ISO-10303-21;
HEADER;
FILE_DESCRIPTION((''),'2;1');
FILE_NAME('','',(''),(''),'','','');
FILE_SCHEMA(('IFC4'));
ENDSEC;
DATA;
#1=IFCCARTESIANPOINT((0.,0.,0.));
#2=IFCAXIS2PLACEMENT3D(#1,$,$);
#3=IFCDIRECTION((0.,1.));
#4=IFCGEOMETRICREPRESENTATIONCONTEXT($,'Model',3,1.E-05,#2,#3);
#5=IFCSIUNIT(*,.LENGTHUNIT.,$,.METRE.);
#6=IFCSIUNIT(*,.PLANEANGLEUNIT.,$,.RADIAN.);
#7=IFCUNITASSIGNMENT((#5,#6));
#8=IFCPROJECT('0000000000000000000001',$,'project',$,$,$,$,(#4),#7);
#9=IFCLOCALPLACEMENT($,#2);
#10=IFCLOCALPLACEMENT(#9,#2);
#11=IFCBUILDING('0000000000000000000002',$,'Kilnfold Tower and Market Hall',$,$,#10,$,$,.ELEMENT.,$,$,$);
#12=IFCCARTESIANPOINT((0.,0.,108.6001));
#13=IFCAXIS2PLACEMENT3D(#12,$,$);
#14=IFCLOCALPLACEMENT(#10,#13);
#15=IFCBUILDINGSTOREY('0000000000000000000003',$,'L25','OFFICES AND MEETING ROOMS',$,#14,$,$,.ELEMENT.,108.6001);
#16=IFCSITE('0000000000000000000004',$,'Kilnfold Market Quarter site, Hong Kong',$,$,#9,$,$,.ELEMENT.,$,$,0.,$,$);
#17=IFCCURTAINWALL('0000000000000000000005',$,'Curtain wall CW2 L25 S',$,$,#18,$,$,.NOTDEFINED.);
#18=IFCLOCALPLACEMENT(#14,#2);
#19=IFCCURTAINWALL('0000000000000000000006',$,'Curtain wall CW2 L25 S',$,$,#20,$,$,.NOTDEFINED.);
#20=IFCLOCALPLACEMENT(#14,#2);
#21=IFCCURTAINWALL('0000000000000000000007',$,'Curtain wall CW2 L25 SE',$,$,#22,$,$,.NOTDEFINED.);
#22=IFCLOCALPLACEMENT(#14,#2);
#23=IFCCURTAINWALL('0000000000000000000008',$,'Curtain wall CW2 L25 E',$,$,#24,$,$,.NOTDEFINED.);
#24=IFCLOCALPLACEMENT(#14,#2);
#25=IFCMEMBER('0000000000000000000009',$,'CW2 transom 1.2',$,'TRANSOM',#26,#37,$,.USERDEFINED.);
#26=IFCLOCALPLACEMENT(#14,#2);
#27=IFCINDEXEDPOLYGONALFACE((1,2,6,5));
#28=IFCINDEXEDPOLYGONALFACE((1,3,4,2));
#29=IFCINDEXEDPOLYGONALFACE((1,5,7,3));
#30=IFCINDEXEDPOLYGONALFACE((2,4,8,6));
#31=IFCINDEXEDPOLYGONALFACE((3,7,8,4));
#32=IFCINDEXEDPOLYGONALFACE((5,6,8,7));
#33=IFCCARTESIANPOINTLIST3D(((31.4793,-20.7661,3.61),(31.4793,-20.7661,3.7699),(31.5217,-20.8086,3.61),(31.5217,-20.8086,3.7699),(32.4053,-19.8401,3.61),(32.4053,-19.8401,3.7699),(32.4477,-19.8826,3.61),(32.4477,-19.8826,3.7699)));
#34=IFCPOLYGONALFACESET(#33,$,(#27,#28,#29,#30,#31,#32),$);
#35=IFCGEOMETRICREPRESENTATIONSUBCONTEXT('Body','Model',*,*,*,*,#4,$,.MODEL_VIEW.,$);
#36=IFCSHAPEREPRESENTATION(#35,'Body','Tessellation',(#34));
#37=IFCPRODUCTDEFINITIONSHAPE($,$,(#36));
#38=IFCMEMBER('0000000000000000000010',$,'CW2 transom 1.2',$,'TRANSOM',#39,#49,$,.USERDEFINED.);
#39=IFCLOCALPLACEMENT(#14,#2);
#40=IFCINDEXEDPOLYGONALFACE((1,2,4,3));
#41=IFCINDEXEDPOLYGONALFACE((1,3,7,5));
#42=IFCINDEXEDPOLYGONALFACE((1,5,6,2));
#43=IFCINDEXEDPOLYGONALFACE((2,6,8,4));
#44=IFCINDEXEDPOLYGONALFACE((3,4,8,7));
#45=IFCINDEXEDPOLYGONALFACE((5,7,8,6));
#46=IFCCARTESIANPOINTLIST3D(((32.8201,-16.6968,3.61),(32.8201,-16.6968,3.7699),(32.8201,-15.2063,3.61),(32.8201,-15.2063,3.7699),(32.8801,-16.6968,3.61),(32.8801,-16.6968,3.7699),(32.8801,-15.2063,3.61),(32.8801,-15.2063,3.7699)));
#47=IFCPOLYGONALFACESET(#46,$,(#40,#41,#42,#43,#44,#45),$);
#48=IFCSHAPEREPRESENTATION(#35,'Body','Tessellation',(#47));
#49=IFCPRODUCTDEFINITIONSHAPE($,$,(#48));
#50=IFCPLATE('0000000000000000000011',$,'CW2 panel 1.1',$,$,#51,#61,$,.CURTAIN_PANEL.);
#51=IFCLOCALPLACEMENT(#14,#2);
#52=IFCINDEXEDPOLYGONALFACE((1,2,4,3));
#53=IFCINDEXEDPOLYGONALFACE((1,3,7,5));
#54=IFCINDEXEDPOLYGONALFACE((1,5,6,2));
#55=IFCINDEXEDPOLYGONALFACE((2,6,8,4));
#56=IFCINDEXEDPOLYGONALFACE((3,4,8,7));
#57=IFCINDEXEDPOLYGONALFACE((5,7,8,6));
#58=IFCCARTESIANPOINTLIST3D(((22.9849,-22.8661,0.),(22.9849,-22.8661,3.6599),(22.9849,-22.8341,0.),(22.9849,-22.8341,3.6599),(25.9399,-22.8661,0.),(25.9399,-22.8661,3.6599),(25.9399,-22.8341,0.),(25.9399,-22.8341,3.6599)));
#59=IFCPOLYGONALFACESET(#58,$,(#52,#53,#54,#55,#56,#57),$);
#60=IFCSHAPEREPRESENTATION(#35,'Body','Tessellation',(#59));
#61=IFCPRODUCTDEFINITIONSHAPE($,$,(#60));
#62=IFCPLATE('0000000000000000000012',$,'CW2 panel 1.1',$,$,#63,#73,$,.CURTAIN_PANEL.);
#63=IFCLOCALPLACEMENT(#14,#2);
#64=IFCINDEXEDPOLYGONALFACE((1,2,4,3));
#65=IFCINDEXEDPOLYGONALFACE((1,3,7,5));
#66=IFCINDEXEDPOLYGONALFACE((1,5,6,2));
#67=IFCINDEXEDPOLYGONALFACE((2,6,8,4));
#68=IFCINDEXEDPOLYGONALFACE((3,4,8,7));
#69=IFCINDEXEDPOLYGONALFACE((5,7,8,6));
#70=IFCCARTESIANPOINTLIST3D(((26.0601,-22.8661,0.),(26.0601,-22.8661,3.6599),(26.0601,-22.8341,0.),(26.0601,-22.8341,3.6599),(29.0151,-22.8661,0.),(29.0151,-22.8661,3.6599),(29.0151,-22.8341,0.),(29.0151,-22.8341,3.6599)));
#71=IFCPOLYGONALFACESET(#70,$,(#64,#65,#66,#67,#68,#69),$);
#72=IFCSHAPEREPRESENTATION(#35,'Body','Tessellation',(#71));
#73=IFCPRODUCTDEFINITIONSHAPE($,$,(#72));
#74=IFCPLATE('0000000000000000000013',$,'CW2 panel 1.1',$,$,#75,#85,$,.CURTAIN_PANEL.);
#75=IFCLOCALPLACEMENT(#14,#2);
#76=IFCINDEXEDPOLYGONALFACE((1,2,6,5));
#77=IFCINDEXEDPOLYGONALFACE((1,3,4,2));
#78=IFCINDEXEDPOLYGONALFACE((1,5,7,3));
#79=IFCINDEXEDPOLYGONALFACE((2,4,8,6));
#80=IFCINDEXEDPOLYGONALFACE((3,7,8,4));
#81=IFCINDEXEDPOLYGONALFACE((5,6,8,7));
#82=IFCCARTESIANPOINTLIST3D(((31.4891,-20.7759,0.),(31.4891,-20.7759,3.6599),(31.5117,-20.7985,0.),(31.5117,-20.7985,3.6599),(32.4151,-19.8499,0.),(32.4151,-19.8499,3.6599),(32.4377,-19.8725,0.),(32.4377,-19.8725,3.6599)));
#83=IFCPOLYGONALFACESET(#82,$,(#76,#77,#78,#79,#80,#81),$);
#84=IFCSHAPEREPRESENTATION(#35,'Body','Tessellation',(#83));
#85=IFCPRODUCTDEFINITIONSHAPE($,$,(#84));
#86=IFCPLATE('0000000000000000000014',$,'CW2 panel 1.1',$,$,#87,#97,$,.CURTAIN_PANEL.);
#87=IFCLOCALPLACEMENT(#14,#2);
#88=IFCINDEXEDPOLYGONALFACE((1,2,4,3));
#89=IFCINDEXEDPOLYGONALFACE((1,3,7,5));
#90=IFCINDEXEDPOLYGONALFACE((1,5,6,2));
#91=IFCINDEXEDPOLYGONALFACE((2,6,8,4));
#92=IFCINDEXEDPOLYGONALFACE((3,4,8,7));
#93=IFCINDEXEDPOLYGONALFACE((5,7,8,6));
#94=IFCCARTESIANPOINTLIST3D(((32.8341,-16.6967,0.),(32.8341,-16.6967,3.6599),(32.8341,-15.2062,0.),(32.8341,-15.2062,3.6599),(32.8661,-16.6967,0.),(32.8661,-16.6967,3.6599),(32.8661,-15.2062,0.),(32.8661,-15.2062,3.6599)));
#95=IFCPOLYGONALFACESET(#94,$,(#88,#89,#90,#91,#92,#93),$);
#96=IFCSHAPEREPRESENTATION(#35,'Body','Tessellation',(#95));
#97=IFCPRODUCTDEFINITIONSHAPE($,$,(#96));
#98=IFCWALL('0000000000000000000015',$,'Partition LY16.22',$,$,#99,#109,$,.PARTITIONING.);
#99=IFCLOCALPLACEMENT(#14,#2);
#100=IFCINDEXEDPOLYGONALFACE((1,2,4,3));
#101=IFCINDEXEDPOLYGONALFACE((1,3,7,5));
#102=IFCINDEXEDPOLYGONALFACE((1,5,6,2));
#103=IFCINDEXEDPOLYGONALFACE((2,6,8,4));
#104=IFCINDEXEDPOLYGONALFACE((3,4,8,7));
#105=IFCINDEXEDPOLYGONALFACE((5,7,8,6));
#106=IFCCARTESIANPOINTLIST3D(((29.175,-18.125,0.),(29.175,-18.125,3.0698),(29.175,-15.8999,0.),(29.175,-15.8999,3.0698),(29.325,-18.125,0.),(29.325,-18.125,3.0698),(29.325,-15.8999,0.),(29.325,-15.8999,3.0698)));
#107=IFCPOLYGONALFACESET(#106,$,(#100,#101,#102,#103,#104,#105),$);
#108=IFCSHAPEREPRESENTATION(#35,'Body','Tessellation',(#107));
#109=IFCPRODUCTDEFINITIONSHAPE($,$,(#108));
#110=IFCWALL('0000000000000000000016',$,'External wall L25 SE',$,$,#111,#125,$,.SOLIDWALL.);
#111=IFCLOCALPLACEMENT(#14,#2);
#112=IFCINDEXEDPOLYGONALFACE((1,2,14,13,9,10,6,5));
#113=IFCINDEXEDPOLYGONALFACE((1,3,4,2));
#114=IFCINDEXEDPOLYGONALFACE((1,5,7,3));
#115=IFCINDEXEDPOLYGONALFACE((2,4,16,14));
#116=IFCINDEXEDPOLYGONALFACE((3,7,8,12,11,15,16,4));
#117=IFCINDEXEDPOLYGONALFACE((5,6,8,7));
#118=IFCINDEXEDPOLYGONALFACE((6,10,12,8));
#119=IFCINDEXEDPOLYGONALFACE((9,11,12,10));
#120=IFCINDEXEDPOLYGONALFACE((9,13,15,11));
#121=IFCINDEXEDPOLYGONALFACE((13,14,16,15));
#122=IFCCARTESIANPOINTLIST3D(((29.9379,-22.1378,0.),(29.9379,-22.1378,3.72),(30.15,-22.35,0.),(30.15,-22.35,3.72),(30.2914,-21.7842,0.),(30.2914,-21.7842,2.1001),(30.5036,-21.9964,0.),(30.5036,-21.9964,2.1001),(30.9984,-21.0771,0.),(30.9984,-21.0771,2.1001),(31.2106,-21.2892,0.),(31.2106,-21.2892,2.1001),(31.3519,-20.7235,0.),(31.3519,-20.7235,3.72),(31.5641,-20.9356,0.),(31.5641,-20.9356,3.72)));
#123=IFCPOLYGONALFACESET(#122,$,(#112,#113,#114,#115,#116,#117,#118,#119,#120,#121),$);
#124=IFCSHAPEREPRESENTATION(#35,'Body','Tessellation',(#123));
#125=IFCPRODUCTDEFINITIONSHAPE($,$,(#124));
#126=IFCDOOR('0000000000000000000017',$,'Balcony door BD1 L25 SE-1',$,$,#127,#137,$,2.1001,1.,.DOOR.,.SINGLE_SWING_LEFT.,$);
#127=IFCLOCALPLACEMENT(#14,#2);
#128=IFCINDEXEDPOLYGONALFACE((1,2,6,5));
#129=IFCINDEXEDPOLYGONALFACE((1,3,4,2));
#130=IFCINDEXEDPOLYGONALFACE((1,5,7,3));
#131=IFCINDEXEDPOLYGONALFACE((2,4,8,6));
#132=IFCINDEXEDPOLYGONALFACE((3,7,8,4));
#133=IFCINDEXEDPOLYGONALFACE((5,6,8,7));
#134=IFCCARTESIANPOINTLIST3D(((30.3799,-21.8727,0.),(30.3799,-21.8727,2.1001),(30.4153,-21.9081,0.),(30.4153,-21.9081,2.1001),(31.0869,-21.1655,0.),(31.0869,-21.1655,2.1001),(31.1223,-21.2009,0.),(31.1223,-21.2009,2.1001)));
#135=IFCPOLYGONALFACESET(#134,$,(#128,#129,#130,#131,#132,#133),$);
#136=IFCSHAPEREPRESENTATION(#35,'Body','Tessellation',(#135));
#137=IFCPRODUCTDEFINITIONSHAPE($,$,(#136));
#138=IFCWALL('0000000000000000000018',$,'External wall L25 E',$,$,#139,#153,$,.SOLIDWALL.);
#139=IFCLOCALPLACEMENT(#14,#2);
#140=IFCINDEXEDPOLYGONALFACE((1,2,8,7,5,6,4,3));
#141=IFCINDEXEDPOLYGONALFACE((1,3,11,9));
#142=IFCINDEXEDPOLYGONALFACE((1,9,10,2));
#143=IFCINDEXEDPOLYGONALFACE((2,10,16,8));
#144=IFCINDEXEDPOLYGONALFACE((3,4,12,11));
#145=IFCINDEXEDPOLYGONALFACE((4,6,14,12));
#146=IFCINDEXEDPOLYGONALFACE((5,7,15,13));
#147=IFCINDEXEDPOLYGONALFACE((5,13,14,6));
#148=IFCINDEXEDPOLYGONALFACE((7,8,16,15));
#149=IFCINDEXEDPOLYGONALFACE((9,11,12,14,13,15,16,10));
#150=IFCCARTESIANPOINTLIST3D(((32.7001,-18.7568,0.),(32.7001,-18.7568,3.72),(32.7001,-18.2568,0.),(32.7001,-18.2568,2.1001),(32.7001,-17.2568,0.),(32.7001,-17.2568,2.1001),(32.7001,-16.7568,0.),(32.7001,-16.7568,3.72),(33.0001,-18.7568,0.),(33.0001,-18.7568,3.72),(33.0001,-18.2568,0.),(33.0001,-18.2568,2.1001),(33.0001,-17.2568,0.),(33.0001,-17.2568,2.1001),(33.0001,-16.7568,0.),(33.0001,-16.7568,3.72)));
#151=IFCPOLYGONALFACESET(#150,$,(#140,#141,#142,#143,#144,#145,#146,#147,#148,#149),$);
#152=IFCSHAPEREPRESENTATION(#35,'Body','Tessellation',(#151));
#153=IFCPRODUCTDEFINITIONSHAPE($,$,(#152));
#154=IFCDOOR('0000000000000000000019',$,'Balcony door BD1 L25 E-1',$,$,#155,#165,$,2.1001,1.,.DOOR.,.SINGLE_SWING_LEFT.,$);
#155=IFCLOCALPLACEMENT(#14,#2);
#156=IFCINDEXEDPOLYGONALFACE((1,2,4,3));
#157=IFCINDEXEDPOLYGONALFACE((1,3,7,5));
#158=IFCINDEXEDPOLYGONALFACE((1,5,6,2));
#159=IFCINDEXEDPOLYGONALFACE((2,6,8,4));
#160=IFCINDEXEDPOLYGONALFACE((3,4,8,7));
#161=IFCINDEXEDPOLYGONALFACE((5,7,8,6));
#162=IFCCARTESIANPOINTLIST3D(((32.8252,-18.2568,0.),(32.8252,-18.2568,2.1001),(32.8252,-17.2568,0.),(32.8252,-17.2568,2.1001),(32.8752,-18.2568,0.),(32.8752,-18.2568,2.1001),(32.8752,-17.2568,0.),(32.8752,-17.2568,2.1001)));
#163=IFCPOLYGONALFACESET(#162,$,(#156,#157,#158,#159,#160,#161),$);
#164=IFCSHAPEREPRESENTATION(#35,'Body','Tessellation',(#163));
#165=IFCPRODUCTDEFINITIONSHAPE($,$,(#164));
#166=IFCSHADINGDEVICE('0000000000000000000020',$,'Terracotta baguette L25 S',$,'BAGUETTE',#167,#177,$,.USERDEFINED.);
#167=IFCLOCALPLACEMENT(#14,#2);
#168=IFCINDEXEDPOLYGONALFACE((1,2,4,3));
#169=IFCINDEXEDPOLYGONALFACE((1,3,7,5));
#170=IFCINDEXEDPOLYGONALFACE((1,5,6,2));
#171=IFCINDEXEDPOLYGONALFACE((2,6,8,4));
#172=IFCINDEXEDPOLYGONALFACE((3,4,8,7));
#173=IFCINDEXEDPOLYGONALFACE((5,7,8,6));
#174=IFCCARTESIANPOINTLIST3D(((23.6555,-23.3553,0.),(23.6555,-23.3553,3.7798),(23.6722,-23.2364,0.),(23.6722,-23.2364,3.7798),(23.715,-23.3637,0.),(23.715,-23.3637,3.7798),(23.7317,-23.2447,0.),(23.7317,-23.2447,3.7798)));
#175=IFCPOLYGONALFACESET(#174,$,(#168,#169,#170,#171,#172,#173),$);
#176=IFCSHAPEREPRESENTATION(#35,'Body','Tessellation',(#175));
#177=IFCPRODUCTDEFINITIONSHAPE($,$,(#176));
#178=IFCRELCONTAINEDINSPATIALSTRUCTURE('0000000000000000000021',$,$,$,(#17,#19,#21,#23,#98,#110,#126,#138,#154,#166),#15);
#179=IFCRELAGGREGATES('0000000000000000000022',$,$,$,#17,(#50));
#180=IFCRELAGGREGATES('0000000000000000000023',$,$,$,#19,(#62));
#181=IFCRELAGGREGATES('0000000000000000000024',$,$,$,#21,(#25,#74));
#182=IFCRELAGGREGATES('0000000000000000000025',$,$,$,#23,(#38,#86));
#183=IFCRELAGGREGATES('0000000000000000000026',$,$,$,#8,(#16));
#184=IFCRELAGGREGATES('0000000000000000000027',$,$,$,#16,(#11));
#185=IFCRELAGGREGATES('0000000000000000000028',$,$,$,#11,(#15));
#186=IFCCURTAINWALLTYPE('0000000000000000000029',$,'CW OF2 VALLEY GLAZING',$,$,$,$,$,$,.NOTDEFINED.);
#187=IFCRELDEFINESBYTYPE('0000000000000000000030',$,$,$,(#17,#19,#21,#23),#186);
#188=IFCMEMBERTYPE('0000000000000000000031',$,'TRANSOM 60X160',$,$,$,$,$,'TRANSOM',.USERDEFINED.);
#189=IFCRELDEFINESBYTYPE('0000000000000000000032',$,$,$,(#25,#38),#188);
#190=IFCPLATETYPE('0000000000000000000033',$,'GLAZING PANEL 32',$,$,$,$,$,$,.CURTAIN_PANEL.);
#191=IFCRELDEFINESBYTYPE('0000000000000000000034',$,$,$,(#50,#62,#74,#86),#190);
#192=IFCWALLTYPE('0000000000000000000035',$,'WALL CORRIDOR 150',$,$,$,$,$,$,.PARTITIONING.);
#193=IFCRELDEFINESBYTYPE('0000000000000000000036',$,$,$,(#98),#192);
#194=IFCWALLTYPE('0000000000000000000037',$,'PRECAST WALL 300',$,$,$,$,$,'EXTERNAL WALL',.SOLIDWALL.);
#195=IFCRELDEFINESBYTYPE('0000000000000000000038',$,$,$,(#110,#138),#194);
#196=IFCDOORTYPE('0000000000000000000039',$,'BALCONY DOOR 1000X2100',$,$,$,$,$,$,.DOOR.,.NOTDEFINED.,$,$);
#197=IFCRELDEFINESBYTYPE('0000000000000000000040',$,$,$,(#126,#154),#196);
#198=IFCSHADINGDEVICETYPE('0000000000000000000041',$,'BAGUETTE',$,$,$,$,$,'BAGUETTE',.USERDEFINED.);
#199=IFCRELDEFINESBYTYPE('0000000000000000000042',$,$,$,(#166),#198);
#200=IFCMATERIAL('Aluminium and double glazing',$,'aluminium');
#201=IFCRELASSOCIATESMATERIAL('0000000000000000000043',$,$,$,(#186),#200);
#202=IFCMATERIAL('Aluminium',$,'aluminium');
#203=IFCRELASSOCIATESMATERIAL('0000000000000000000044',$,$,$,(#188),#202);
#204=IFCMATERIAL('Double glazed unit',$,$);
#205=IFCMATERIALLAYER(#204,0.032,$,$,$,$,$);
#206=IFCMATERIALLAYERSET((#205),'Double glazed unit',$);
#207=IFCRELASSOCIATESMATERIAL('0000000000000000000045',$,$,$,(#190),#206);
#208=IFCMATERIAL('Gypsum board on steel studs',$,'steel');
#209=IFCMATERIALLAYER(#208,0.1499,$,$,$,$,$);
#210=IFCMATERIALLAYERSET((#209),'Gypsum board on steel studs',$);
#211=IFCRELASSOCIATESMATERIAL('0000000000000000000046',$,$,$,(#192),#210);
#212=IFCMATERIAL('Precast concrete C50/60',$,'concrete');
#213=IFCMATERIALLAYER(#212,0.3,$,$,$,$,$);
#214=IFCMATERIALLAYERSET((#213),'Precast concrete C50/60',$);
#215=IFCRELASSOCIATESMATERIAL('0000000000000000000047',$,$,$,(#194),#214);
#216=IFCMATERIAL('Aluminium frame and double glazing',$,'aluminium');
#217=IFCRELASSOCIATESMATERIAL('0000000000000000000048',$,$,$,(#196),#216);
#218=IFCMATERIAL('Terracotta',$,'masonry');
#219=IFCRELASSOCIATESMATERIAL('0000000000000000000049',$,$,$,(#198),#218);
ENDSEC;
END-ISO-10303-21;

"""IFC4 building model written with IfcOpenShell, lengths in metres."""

from ifc_helpers import new_model, si_unit, direction, frame, frame_2d, origin, origin_2d, place, context, subcontext, project, spatial, rectangle, extrude, source, transform, mapped, material, layer, layer_set, material_profile, profile_set, type_object, element, fill, aggregate, save


model = new_model("IFC4")

# Units and contexts
model_context = context("Model", 3, precision=1e-05, world=origin(), true_north=direction((0.0, 1.0)))
body_context = subcontext(model_context, "Body", "Model", "MODEL_VIEW")
ifc_project = project(units=[si_unit("LENGTHUNIT", "METRE"), si_unit("PLANEANGLEUNIT", "RADIAN")], contexts=[model_context])

# Site, building, storey
site_placement = place(None, origin())
site = spatial("IfcSite", under=ifc_project, at=site_placement, Name="Kilnfold Market Quarter site, Hong Kong", CompositionType="ELEMENT", RefElevation=0.0)
building_placement = place(site_placement, origin())
building = spatial("IfcBuilding", under=site, at=building_placement, Name="Kilnfold Tower and Market Hall", CompositionType="ELEMENT")
storey_placement = place(building_placement, frame((0.0, 0.0, 108.6001)))
storey = spatial("IfcBuildingStorey", under=building, at=storey_placement, Name="L25", Description="OFFICES AND MEETING ROOMS", CompositionType="ELEMENT", Elevation=108.6001)

# Curtain walls
ifc_material_1 = material(Name="Aluminium and double glazing", Category="aluminium")
curtain_wall_type = type_object("IfcCurtainWallType", Name="CW OF2 VALLEY GLAZING", PredefinedType="NOTDEFINED", material=ifc_material_1)
curtain_wall_1_placement = place(storey_placement, origin())
curtain_wall_1 = element("IfcCurtainWall", 1, at=curtain_wall_1_placement, inside=storey, type_object=curtain_wall_type, Name="Curtain wall CW2 L25 S", PredefinedType="NOTDEFINED")
curtain_wall_2_placement = place(storey_placement, origin())
curtain_wall_2 = element("IfcCurtainWall", 2, at=curtain_wall_2_placement, inside=storey, type_object=curtain_wall_type, Name="Curtain wall CW2 L25 S", PredefinedType="NOTDEFINED")
curtain_wall_3_placement = place(storey_placement, origin())
curtain_wall_3 = element("IfcCurtainWall", 3, at=curtain_wall_3_placement, inside=storey, type_object=curtain_wall_type, Name="Curtain wall CW2 L25 SE", PredefinedType="NOTDEFINED")
curtain_wall_4_placement = place(storey_placement, origin())
curtain_wall_4 = element("IfcCurtainWall", 4, at=curtain_wall_4_placement, inside=storey, type_object=curtain_wall_type, Name="Curtain wall CW2 L25 E", PredefinedType="NOTDEFINED")

# Members
ifc_material_2 = material(Name="Aluminium", Category="aluminium")
ifc_material_profile_1 = material_profile(ifc_material_2, rectangle(XDim=0.0601, YDim=0.1599, at=origin_2d()), Name="TRANSOM 60x160")
ifc_profile_set_1 = profile_set([ifc_material_profile_1], Name="Aluminium")
member_type_1 = type_object("IfcMemberType", Name="TRANSOM 60X160", ElementType="TRANSOM", PredefinedType="USERDEFINED", material=ifc_profile_set_1)
shared_shape_1 = source(origin(), body_context, "Body", "SweptSolid", [
    extrude(rectangle(XDim=0.0601, YDim=0.1599, at=origin_2d()), origin(), (0.0, 0.0, 1.0), 1.3096),
])
member_1_placement = place(storey_placement, frame((31.5005, -20.7874, 3.6899), z_axis=(0.707107, 0.707107, 0.0), x_axis=(-0.707107, 0.707107, 0.0)))
member_1 = element("IfcMember", 5, at=member_1_placement, type_object=member_type_1, Name="CW2 transom 1.2", ObjectType="TRANSOM", PredefinedType="USERDEFINED", context=body_context, shape_type="MappedRepresentation", body=[
    mapped(shared_shape_1, transform((0.0, 0.0, 0.0))),
])
shared_shape_2 = source(origin(), body_context, "Body", "SweptSolid", [
    extrude(rectangle(XDim=0.0601, YDim=0.1599, at=origin_2d()), origin(), (0.0, 0.0, 1.0), 1.4905),
])
member_2_placement = place(storey_placement, frame((32.8501, -16.6968, 3.6899), z_axis=(0.0, 1.0, 0.0), x_axis=(-1.0, 0.0, 0.0)))
member_2 = element("IfcMember", 6, at=member_2_placement, type_object=member_type_1, Name="CW2 transom 1.2", ObjectType="TRANSOM", PredefinedType="USERDEFINED", context=body_context, shape_type="MappedRepresentation", body=[
    mapped(shared_shape_2, transform((0.0, 0.0, 0.0))),
])

# Plates
ifc_material_3 = material(Name="Double glazed unit")
ifc_layer_1 = layer(ifc_material_3, 0.032)
ifc_layer_set_1 = layer_set([ifc_layer_1], Name="Double glazed unit")
plate_type = type_object("IfcPlateType", Name="GLAZING PANEL 32", PredefinedType="CURTAIN_PANEL", material=ifc_layer_set_1)
shared_shape_3 = source(origin(), body_context, "Body", "SweptSolid", [
    extrude(rectangle(XDim=2.9551, YDim=0.032, at=origin_2d()), origin(), (0.0, 0.0, 1.0), 3.6599),
])
plate_1_placement = place(storey_placement, frame((24.4624, -22.8501, 0.0), z_axis=(0.0, 0.0, 1.0), x_axis=(1.0, 0.0, 0.0)))
plate_1 = element("IfcPlate", 7, at=plate_1_placement, type_object=plate_type, Name="CW2 panel 1.1", PredefinedType="CURTAIN_PANEL", context=body_context, shape_type="MappedRepresentation", body=[
    mapped(shared_shape_3, transform((0.0, 0.0, 0.0))),
])
aggregate(curtain_wall_1, [plate_1])
plate_2_placement = place(storey_placement, frame((27.5376, -22.8501, 0.0), z_axis=(0.0, 0.0, 1.0), x_axis=(1.0, 0.0, 0.0)))
plate_2 = element("IfcPlate", 8, at=plate_2_placement, type_object=plate_type, Name="CW2 panel 1.1", PredefinedType="CURTAIN_PANEL", context=body_context, shape_type="MappedRepresentation", body=[
    mapped(shared_shape_3, transform((0.0, 0.0, 0.0))),
])
aggregate(curtain_wall_2, [plate_2])
shared_shape_4 = source(origin(), body_context, "Body", "SweptSolid", [
    extrude(rectangle(XDim=1.3096, YDim=0.032, at=origin_2d()), origin(), (0.0, 0.0, 1.0), 3.6599),
])
plate_3_placement = place(storey_placement, frame((31.9634, -20.3242, 0.0), z_axis=(0.0, 0.0, 1.0), x_axis=(0.707107, 0.707107, 0.0)))
plate_3 = element("IfcPlate", 9, at=plate_3_placement, type_object=plate_type, Name="CW2 panel 1.1", PredefinedType="CURTAIN_PANEL", context=body_context, shape_type="MappedRepresentation", body=[
    mapped(shared_shape_4, transform((0.0, 0.0, 0.0))),
])
aggregate(curtain_wall_3, [member_1, plate_3])
shared_shape_5 = source(origin(), body_context, "Body", "SweptSolid", [
    extrude(rectangle(XDim=1.4905, YDim=0.032, at=origin_2d()), origin(), (0.0, 0.0, 1.0), 3.6599),
])
plate_4_placement = place(storey_placement, frame((32.8501, -15.9514, 0.0), z_axis=(0.0, 0.0, 1.0), x_axis=(0.0, 1.0, 0.0)))
plate_4 = element("IfcPlate", 10, at=plate_4_placement, type_object=plate_type, Name="CW2 panel 1.1", PredefinedType="CURTAIN_PANEL", context=body_context, shape_type="MappedRepresentation", body=[
    mapped(shared_shape_5, transform((0.0, 0.0, 0.0))),
])
aggregate(curtain_wall_4, [member_2, plate_4])

# Wall
ifc_material_4 = material(Name="Gypsum board on steel studs", Category="steel")
ifc_layer_2 = layer(ifc_material_4, 0.1499)
ifc_layer_set_2 = layer_set([ifc_layer_2], Name="Gypsum board on steel studs")
wall_type_1 = type_object("IfcWallType", Name="WALL CORRIDOR 150", PredefinedType="PARTITIONING", material=ifc_layer_set_2)
wall_1_placement = place(storey_placement, frame((29.25, -18.125, 0.0), z_axis=(0.0, 0.0, 1.0), x_axis=(0.0, 1.0, 0.0)))
element("IfcWall", 11, at=wall_1_placement, inside=storey, type_object=wall_type_1, Name="Partition LY16.22", PredefinedType="PARTITIONING", context=body_context, shape_type="SweptSolid", body=[
    extrude(rectangle(XDim=2.2251, YDim=0.1499, at=frame_2d((1.1125, 0.0))), origin(), (0.0, 0.0, 1.0), 3.0698),
])

# Walls, openings, doors
ifc_material_5 = material(Name="Precast concrete C50/60", Category="concrete")
ifc_layer_3 = layer(ifc_material_5, 0.3)
ifc_layer_set_3 = layer_set([ifc_layer_3], Name="Precast concrete C50/60")
wall_type_2 = type_object("IfcWallType", Name="PRECAST WALL 300", ElementType="EXTERNAL WALL", PredefinedType="SOLIDWALL", material=ifc_layer_set_3)
shared_shape_6 = source(origin(), body_context, "Body", "SweptSolid", [
    extrude(rectangle(XDim=2.0, YDim=0.3, at=frame_2d((1.0, 0.0))), origin(), (0.0, 0.0, 1.0), 3.72),
])
wall_2_placement = place(storey_placement, frame((30.0439, -22.2439, 0.0), z_axis=(0.0, 0.0, 1.0), x_axis=(0.707046, 0.707168, 0.0)))
wall_2 = element("IfcWall", 12, at=wall_2_placement, inside=storey, type_object=wall_type_2, Name="External wall L25 SE", PredefinedType="SOLIDWALL", context=body_context, shape_type="MappedRepresentation", body=[
    mapped(shared_shape_6, transform((0.0, 0.0, 0.0))),
])
opening_1_placement = place(wall_2_placement, frame((0.5, 0.0, 0.0)))
opening_1 = element("IfcOpeningElement", 13, at=opening_1_placement, cuts=wall_2, PredefinedType="OPENING", context=body_context, shape_type="SweptSolid", body=[
    extrude(rectangle(XDim=1.0, YDim=2.1001, at=frame_2d((0.5, 1.05))), frame((0.0, 0.1602, 0.0), z_axis=(0.0, -1.0, 0.0), x_axis=(1.0, 0.0, 0.0)), (0.0, 0.0, 1.0), 0.3201),
])
ifc_material_6 = material(Name="Aluminium frame and double glazing", Category="aluminium")
door_type = type_object("IfcDoorType", Name="BALCONY DOOR 1000X2100", OperationType="NOTDEFINED", PredefinedType="DOOR", material=ifc_material_6)
door_1_placement = place(opening_1_placement, origin())
door_1 = element("IfcDoor", 14, at=door_1_placement, inside=storey, type_object=door_type, Name="Balcony door BD1 L25 SE-1", OperationType="SINGLE_SWING_LEFT", OverallHeight=2.1001, OverallWidth=1.0, PredefinedType="DOOR", context=body_context, shape_type="SweptSolid", body=[
    extrude(rectangle(XDim=1.0, YDim=2.1001, at=frame_2d((0.5, 1.05))), frame((0.0, 0.0249, 0.0), z_axis=(0.0, -1.0, 0.0), x_axis=(1.0, 0.0, 0.0)), (0.0, 0.0, 1.0), 0.05),
])
fill(opening_1, door_1)
wall_3_placement = place(storey_placement, frame((32.8501, -18.7568, 0.0), z_axis=(0.0, 0.0, 1.0), x_axis=(0.0, 1.0, 0.0)))
wall_3 = element("IfcWall", 15, at=wall_3_placement, inside=storey, type_object=wall_type_2, Name="External wall L25 E", PredefinedType="SOLIDWALL", context=body_context, shape_type="MappedRepresentation", body=[
    mapped(shared_shape_6, transform((0.0, 0.0, 0.0))),
])
opening_2_placement = place(wall_3_placement, frame((0.5, 0.0, 0.0)))
opening_2 = element("IfcOpeningElement", 16, at=opening_2_placement, cuts=wall_3, PredefinedType="OPENING", context=body_context, shape_type="SweptSolid", body=[
    extrude(rectangle(XDim=1.0, YDim=2.1001, at=frame_2d((0.5, 1.05))), frame((0.0, 0.1602, 0.0), z_axis=(0.0, -1.0, 0.0), x_axis=(1.0, 0.0, 0.0)), (0.0, 0.0, 1.0), 0.3201),
])
door_2_placement = place(opening_2_placement, origin())
door_2 = element("IfcDoor", 17, at=door_2_placement, inside=storey, type_object=door_type, Name="Balcony door BD1 L25 E-1", OperationType="SINGLE_SWING_LEFT", OverallHeight=2.1001, OverallWidth=1.0, PredefinedType="DOOR", context=body_context, shape_type="SweptSolid", body=[
    extrude(rectangle(XDim=1.0, YDim=2.1001, at=frame_2d((0.5, 1.05))), frame((0.0, 0.0249, 0.0), z_axis=(0.0, -1.0, 0.0), x_axis=(1.0, 0.0, 0.0)), (0.0, 0.0, 1.0), 0.05),
])
fill(opening_2, door_2)

# Shading device
ifc_material_7 = material(Name="Terracotta", Category="masonry")
ifc_material_profile_2 = material_profile(ifc_material_7, rectangle(XDim=0.0601, YDim=0.1201, at=origin_2d()), Name="BAG 60x120")
ifc_profile_set_2 = profile_set([ifc_material_profile_2], Name="Terracotta")
shading_device_type = type_object("IfcShadingDeviceType", Name="BAGUETTE", ElementType="BAGUETTE", PredefinedType="USERDEFINED", material=ifc_profile_set_2)
shared_shape_7 = source(origin(), body_context, "Body", "SweptSolid", [
    extrude(rectangle(XDim=0.0601, YDim=0.1201, at=origin_2d()), origin(), (0.0, 0.0, 1.0), 3.7798),
])
for number, where, z_axis, x_axis, name in (
    (18, (23.6936, -23.3, 0.0), (0.0, 0.0, 1.0), (0.990283, -0.139066, 0.0), "Terracotta baguette L25 S"),
):
    element("IfcShadingDevice", number, at=place(storey_placement, frame(where, z_axis=z_axis, x_axis=x_axis)), inside=storey, type_object=shading_device_type, Name=name, ObjectType="BAGUETTE", PredefinedType="USERDEFINED", context=body_context, shape_type="MappedRepresentation", body=[
        mapped(shared_shape_7, transform((0.0, 0.0, 0.0))),
    ])

save(model, "model.ifc")
